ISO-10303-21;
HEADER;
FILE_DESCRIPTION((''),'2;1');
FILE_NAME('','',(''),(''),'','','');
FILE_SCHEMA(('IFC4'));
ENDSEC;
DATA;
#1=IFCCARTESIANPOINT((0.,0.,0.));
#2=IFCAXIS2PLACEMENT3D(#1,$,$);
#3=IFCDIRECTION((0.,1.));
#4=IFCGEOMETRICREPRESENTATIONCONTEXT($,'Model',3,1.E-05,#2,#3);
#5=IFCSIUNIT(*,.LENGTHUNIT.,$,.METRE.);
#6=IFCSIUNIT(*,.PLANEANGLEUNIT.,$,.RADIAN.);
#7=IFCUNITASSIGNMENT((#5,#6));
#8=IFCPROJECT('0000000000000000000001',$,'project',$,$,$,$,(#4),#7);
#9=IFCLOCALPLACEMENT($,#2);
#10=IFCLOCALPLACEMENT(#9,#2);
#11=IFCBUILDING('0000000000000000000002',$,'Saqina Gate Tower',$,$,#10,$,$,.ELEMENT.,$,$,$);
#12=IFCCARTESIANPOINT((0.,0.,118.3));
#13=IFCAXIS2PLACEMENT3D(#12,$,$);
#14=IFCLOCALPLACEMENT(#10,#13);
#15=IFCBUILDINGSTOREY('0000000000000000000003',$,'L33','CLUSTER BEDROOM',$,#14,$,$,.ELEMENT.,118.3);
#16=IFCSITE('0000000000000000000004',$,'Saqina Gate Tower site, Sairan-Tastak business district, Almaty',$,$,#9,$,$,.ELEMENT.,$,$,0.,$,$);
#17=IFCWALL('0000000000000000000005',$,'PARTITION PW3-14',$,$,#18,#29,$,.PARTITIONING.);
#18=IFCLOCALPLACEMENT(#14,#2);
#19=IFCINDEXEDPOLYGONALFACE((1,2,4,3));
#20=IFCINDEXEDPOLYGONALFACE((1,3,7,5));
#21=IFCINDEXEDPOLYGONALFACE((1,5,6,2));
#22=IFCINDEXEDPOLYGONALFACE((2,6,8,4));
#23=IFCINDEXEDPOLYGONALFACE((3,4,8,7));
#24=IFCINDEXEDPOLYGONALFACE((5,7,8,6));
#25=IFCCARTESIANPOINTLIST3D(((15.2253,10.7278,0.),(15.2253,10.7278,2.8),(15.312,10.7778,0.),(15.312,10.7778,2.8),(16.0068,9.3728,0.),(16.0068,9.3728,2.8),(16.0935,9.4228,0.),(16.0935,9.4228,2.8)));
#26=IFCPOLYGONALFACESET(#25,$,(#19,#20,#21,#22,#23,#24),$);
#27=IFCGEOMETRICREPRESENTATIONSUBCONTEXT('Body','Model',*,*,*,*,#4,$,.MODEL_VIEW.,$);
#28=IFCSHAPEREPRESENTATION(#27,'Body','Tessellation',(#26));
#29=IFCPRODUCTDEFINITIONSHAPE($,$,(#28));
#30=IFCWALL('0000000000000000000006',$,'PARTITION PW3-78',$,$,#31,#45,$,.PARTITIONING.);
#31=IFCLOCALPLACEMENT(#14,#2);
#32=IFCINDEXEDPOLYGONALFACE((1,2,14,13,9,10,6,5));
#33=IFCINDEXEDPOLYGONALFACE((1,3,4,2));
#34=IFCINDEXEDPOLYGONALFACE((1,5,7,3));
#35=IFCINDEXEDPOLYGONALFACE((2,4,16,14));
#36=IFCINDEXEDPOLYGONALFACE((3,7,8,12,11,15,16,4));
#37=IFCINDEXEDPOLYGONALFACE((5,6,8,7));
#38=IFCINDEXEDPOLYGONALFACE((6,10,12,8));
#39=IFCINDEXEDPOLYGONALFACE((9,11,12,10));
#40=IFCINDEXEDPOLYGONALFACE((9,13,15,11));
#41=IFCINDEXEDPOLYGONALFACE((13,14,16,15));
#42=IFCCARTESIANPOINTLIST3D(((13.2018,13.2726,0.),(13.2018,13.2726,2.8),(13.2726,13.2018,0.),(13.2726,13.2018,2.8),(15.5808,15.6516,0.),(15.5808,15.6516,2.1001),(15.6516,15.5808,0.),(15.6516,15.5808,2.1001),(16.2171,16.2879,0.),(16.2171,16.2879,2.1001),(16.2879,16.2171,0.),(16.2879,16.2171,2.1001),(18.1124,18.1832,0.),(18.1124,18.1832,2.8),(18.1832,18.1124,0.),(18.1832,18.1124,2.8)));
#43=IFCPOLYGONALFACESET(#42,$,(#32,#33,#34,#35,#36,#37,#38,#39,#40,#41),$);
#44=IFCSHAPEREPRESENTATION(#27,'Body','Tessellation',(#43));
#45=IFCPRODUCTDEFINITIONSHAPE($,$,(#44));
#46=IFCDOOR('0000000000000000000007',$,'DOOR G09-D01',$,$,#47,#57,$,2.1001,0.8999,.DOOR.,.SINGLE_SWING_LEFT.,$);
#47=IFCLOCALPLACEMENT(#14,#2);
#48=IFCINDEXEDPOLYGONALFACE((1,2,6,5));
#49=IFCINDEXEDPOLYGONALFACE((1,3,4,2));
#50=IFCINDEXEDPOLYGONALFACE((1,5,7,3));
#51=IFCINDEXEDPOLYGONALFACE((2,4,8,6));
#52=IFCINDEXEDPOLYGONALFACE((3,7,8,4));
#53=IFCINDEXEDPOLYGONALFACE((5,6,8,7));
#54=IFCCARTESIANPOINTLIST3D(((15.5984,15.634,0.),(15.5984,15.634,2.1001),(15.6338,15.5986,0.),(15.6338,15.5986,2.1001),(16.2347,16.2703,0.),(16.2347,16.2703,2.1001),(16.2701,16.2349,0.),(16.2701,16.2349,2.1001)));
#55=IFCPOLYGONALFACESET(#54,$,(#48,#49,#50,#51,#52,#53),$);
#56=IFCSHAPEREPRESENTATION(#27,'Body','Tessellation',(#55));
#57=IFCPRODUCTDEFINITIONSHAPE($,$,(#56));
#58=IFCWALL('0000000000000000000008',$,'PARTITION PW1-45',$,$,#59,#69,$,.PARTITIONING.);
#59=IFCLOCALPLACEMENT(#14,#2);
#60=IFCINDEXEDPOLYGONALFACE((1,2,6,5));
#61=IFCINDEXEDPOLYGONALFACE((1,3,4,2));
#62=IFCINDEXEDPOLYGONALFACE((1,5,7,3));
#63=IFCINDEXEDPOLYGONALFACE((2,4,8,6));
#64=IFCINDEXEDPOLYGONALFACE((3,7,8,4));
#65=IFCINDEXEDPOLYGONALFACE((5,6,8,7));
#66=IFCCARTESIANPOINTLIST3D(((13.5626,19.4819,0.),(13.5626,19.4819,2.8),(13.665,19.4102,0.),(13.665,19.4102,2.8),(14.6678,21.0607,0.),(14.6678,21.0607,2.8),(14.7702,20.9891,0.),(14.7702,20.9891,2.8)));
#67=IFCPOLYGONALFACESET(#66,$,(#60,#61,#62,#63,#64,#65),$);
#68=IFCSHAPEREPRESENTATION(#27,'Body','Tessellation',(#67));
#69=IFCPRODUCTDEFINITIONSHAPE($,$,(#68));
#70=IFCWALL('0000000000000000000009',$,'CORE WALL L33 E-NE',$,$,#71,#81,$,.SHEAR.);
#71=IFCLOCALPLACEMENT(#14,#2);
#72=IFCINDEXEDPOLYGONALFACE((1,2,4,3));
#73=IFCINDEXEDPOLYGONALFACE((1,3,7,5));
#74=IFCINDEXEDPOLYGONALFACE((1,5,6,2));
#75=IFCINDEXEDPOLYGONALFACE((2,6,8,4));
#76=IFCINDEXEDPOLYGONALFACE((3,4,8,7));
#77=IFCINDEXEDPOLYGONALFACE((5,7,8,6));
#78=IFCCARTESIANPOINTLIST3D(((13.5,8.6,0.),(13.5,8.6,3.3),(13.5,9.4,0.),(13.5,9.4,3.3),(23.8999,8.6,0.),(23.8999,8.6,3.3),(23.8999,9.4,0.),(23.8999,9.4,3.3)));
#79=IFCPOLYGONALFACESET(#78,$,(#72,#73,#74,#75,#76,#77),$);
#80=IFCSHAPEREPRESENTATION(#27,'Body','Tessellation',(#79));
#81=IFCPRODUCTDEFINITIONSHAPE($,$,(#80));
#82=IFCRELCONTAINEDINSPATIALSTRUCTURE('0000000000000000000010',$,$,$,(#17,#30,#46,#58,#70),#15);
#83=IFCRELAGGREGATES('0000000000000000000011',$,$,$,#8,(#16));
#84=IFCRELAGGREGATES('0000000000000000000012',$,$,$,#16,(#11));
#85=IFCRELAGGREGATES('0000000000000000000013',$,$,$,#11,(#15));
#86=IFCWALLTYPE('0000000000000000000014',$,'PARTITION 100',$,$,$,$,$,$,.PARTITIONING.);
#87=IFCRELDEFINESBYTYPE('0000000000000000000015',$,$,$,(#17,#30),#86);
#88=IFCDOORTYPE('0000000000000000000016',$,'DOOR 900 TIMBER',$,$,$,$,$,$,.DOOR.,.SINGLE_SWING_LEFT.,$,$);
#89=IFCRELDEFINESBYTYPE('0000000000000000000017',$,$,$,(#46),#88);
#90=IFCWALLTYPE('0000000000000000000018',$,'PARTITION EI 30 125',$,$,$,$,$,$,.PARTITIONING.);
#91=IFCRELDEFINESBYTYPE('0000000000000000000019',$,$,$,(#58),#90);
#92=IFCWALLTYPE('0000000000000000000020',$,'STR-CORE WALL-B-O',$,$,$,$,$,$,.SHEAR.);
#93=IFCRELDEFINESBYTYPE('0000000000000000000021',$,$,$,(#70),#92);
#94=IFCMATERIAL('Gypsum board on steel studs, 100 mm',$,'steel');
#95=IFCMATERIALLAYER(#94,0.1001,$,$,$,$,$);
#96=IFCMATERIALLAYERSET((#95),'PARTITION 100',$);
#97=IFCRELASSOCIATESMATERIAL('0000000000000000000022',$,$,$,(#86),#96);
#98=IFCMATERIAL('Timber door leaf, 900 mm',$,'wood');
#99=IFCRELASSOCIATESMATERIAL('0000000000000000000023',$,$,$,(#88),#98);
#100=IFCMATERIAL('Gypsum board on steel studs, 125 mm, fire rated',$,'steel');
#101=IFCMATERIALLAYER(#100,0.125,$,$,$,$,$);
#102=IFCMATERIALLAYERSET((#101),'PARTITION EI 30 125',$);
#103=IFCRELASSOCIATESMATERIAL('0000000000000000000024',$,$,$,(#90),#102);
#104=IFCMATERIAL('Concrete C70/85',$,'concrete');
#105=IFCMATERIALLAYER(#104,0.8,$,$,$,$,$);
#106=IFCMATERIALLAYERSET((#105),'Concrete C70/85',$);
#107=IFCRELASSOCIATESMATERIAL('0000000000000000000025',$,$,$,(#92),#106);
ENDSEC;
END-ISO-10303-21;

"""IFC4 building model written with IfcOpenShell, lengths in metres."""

from ifc_helpers import new_model, si_unit, direction, frame, frame_2d, origin, place, context, subcontext, project, spatial, rectangle, extrude, material, layer, layer_set, type_object, element, fill, save


model = new_model("IFC4")

# Units and contexts
model_context = context("Model", 3, precision=1e-05, world=origin(), true_north=direction((0.0, 1.0)))
body_context = subcontext(model_context, "Body", "Model", "MODEL_VIEW")
ifc_project = project(units=[si_unit("LENGTHUNIT", "METRE"), si_unit("PLANEANGLEUNIT", "RADIAN")], contexts=[model_context])

# Site, building, storey
site_placement = place(None, origin())
site = spatial("IfcSite", under=ifc_project, at=site_placement, Name="Saqina Gate Tower site, Sairan-Tastak business district, Almaty", CompositionType="ELEMENT", RefElevation=0.0)
building_placement = place(site_placement, origin())
building = spatial("IfcBuilding", under=site, at=building_placement, Name="Saqina Gate Tower", CompositionType="ELEMENT")
storey_placement = place(building_placement, frame((0.0, 0.0, 118.3)))
storey = spatial("IfcBuildingStorey", under=building, at=storey_placement, Name="L33", Description="CLUSTER BEDROOM", CompositionType="ELEMENT", Elevation=118.3)

# Wall
ifc_material_1 = material(Name="Gypsum board on steel studs, 100 mm", Category="steel")
ifc_layer_1 = layer(ifc_material_1, 0.1001)
ifc_layer_set_1 = layer_set([ifc_layer_1], Name="PARTITION 100")
wall_type_1 = type_object("IfcWallType", Name="PARTITION 100", PredefinedType="PARTITIONING", material=ifc_layer_set_1)
wall_1_placement = place(storey_placement, frame((15.2686, 10.7529, 0.0), z_axis=(0.0, 0.0, 1.0), x_axis=(0.499614, -0.866248, 0.0)))
element("IfcWall", 1, at=wall_1_placement, inside=storey, type_object=wall_type_1, Name="PARTITION PW3-14", PredefinedType="PARTITIONING", context=body_context, shape_type="SweptSolid", body=[
    extrude(rectangle(XDim=1.5642, YDim=0.1001, at=frame_2d((0.7822, 0.0))), origin(), (0.0, 0.0, 1.0), 2.8),
])

# Wall, opening, door
wall_2_placement = place(storey_placement, frame((13.2373, 13.2373, 0.0), z_axis=(0.0, 0.0, 1.0), x_axis=(0.707107, 0.707107, 0.0)))
wall_2 = element("IfcWall", 2, at=wall_2_placement, inside=storey, type_object=wall_type_1, Name="PARTITION PW3-78", PredefinedType="PARTITIONING", context=body_context, shape_type="SweptSolid", body=[
    extrude(rectangle(XDim=6.9446, YDim=0.1001, at=frame_2d((3.4722, 0.0))), origin(), (0.0, 0.0, 1.0), 2.8),
])
opening_1_placement = place(wall_2_placement, frame((3.3643, 0.0, 0.0)))
opening_1 = element("IfcOpeningElement", 3, at=opening_1_placement, cuts=wall_2, PredefinedType="OPENING", context=body_context, shape_type="SweptSolid", body=[
    extrude(rectangle(XDim=0.8999, YDim=2.1001, at=frame_2d((0.45, 1.05))), frame((0.0, 0.062, 0.0), z_axis=(0.0, -1.0, 0.0), x_axis=(1.0, 0.0, 0.0)), (0.0, 0.0, 1.0), 0.124),
])
ifc_material_2 = material(Name="Timber door leaf, 900 mm", Category="wood")
door_type = type_object("IfcDoorType", Name="DOOR 900 TIMBER", OperationType="SINGLE_SWING_LEFT", PredefinedType="DOOR", material=ifc_material_2)
door_placement = place(opening_1_placement, frame((0.8999, 0.0, 0.0), z_axis=(0.0, 0.0, 1.0), x_axis=(-1.0, 0.0, 0.0)))
door = element("IfcDoor", 4, at=door_placement, inside=storey, type_object=door_type, Name="DOOR G09-D01", OperationType="SINGLE_SWING_LEFT", OverallHeight=2.1001, OverallWidth=0.8999, PredefinedType="DOOR", context=body_context, shape_type="SweptSolid", body=[
    extrude(rectangle(XDim=0.8999, YDim=2.1001, at=frame_2d((0.45, 1.05))), frame((0.0, 0.0249, 0.0), z_axis=(0.0, -1.0, 0.0), x_axis=(1.0, 0.0, 0.0)), (0.0, 0.0, 1.0), 0.05),
])
fill(opening_1, door)

# Walls
ifc_material_3 = material(Name="Gypsum board on steel studs, 125 mm, fire rated", Category="steel")
ifc_layer_2 = layer(ifc_material_3, 0.125)
ifc_layer_set_2 = layer_set([ifc_layer_2], Name="PARTITION EI 30 125")
wall_type_2 = type_object("IfcWallType", Name="PARTITION EI 30 125", PredefinedType="PARTITIONING", material=ifc_layer_set_2)
wall_3_placement = place(storey_placement, frame((13.6138, 19.446, 0.0), z_axis=(0.0, 0.0, 1.0), x_axis=(0.573471, 0.819226, 0.0)))
element("IfcWall", 5, at=wall_3_placement, inside=storey, type_object=wall_type_2, Name="PARTITION PW1-45", PredefinedType="PARTITIONING", context=body_context, shape_type="SweptSolid", body=[
    extrude(rectangle(XDim=1.9272, YDim=0.125, at=frame_2d((0.9636, 0.0))), origin(), (0.0, 0.0, 1.0), 2.8),
])
ifc_material_4 = material(Name="Concrete C70/85", Category="concrete")
ifc_layer_3 = layer(ifc_material_4, 0.8)
ifc_layer_set_3 = layer_set([ifc_layer_3], Name="Concrete C70/85")
wall_type_3 = type_object("IfcWallType", Name="STR-CORE WALL-B-O", PredefinedType="SHEAR", material=ifc_layer_set_3)
wall_4_placement = place(storey_placement, frame((13.5, 9.0, 0.0), z_axis=(0.0, 0.0, 1.0), x_axis=(1.0, 0.0, 0.0)))
element("IfcWall", 6, at=wall_4_placement, inside=storey, type_object=wall_type_3, Name="CORE WALL L33 E-NE", PredefinedType="SHEAR", context=body_context, shape_type="SweptSolid", body=[
    extrude(rectangle(XDim=10.3999, YDim=0.8, at=frame_2d((5.2, 0.0))), origin(), (0.0, 0.0, 1.0), 3.3),
])

save(model, "model.ifc")
